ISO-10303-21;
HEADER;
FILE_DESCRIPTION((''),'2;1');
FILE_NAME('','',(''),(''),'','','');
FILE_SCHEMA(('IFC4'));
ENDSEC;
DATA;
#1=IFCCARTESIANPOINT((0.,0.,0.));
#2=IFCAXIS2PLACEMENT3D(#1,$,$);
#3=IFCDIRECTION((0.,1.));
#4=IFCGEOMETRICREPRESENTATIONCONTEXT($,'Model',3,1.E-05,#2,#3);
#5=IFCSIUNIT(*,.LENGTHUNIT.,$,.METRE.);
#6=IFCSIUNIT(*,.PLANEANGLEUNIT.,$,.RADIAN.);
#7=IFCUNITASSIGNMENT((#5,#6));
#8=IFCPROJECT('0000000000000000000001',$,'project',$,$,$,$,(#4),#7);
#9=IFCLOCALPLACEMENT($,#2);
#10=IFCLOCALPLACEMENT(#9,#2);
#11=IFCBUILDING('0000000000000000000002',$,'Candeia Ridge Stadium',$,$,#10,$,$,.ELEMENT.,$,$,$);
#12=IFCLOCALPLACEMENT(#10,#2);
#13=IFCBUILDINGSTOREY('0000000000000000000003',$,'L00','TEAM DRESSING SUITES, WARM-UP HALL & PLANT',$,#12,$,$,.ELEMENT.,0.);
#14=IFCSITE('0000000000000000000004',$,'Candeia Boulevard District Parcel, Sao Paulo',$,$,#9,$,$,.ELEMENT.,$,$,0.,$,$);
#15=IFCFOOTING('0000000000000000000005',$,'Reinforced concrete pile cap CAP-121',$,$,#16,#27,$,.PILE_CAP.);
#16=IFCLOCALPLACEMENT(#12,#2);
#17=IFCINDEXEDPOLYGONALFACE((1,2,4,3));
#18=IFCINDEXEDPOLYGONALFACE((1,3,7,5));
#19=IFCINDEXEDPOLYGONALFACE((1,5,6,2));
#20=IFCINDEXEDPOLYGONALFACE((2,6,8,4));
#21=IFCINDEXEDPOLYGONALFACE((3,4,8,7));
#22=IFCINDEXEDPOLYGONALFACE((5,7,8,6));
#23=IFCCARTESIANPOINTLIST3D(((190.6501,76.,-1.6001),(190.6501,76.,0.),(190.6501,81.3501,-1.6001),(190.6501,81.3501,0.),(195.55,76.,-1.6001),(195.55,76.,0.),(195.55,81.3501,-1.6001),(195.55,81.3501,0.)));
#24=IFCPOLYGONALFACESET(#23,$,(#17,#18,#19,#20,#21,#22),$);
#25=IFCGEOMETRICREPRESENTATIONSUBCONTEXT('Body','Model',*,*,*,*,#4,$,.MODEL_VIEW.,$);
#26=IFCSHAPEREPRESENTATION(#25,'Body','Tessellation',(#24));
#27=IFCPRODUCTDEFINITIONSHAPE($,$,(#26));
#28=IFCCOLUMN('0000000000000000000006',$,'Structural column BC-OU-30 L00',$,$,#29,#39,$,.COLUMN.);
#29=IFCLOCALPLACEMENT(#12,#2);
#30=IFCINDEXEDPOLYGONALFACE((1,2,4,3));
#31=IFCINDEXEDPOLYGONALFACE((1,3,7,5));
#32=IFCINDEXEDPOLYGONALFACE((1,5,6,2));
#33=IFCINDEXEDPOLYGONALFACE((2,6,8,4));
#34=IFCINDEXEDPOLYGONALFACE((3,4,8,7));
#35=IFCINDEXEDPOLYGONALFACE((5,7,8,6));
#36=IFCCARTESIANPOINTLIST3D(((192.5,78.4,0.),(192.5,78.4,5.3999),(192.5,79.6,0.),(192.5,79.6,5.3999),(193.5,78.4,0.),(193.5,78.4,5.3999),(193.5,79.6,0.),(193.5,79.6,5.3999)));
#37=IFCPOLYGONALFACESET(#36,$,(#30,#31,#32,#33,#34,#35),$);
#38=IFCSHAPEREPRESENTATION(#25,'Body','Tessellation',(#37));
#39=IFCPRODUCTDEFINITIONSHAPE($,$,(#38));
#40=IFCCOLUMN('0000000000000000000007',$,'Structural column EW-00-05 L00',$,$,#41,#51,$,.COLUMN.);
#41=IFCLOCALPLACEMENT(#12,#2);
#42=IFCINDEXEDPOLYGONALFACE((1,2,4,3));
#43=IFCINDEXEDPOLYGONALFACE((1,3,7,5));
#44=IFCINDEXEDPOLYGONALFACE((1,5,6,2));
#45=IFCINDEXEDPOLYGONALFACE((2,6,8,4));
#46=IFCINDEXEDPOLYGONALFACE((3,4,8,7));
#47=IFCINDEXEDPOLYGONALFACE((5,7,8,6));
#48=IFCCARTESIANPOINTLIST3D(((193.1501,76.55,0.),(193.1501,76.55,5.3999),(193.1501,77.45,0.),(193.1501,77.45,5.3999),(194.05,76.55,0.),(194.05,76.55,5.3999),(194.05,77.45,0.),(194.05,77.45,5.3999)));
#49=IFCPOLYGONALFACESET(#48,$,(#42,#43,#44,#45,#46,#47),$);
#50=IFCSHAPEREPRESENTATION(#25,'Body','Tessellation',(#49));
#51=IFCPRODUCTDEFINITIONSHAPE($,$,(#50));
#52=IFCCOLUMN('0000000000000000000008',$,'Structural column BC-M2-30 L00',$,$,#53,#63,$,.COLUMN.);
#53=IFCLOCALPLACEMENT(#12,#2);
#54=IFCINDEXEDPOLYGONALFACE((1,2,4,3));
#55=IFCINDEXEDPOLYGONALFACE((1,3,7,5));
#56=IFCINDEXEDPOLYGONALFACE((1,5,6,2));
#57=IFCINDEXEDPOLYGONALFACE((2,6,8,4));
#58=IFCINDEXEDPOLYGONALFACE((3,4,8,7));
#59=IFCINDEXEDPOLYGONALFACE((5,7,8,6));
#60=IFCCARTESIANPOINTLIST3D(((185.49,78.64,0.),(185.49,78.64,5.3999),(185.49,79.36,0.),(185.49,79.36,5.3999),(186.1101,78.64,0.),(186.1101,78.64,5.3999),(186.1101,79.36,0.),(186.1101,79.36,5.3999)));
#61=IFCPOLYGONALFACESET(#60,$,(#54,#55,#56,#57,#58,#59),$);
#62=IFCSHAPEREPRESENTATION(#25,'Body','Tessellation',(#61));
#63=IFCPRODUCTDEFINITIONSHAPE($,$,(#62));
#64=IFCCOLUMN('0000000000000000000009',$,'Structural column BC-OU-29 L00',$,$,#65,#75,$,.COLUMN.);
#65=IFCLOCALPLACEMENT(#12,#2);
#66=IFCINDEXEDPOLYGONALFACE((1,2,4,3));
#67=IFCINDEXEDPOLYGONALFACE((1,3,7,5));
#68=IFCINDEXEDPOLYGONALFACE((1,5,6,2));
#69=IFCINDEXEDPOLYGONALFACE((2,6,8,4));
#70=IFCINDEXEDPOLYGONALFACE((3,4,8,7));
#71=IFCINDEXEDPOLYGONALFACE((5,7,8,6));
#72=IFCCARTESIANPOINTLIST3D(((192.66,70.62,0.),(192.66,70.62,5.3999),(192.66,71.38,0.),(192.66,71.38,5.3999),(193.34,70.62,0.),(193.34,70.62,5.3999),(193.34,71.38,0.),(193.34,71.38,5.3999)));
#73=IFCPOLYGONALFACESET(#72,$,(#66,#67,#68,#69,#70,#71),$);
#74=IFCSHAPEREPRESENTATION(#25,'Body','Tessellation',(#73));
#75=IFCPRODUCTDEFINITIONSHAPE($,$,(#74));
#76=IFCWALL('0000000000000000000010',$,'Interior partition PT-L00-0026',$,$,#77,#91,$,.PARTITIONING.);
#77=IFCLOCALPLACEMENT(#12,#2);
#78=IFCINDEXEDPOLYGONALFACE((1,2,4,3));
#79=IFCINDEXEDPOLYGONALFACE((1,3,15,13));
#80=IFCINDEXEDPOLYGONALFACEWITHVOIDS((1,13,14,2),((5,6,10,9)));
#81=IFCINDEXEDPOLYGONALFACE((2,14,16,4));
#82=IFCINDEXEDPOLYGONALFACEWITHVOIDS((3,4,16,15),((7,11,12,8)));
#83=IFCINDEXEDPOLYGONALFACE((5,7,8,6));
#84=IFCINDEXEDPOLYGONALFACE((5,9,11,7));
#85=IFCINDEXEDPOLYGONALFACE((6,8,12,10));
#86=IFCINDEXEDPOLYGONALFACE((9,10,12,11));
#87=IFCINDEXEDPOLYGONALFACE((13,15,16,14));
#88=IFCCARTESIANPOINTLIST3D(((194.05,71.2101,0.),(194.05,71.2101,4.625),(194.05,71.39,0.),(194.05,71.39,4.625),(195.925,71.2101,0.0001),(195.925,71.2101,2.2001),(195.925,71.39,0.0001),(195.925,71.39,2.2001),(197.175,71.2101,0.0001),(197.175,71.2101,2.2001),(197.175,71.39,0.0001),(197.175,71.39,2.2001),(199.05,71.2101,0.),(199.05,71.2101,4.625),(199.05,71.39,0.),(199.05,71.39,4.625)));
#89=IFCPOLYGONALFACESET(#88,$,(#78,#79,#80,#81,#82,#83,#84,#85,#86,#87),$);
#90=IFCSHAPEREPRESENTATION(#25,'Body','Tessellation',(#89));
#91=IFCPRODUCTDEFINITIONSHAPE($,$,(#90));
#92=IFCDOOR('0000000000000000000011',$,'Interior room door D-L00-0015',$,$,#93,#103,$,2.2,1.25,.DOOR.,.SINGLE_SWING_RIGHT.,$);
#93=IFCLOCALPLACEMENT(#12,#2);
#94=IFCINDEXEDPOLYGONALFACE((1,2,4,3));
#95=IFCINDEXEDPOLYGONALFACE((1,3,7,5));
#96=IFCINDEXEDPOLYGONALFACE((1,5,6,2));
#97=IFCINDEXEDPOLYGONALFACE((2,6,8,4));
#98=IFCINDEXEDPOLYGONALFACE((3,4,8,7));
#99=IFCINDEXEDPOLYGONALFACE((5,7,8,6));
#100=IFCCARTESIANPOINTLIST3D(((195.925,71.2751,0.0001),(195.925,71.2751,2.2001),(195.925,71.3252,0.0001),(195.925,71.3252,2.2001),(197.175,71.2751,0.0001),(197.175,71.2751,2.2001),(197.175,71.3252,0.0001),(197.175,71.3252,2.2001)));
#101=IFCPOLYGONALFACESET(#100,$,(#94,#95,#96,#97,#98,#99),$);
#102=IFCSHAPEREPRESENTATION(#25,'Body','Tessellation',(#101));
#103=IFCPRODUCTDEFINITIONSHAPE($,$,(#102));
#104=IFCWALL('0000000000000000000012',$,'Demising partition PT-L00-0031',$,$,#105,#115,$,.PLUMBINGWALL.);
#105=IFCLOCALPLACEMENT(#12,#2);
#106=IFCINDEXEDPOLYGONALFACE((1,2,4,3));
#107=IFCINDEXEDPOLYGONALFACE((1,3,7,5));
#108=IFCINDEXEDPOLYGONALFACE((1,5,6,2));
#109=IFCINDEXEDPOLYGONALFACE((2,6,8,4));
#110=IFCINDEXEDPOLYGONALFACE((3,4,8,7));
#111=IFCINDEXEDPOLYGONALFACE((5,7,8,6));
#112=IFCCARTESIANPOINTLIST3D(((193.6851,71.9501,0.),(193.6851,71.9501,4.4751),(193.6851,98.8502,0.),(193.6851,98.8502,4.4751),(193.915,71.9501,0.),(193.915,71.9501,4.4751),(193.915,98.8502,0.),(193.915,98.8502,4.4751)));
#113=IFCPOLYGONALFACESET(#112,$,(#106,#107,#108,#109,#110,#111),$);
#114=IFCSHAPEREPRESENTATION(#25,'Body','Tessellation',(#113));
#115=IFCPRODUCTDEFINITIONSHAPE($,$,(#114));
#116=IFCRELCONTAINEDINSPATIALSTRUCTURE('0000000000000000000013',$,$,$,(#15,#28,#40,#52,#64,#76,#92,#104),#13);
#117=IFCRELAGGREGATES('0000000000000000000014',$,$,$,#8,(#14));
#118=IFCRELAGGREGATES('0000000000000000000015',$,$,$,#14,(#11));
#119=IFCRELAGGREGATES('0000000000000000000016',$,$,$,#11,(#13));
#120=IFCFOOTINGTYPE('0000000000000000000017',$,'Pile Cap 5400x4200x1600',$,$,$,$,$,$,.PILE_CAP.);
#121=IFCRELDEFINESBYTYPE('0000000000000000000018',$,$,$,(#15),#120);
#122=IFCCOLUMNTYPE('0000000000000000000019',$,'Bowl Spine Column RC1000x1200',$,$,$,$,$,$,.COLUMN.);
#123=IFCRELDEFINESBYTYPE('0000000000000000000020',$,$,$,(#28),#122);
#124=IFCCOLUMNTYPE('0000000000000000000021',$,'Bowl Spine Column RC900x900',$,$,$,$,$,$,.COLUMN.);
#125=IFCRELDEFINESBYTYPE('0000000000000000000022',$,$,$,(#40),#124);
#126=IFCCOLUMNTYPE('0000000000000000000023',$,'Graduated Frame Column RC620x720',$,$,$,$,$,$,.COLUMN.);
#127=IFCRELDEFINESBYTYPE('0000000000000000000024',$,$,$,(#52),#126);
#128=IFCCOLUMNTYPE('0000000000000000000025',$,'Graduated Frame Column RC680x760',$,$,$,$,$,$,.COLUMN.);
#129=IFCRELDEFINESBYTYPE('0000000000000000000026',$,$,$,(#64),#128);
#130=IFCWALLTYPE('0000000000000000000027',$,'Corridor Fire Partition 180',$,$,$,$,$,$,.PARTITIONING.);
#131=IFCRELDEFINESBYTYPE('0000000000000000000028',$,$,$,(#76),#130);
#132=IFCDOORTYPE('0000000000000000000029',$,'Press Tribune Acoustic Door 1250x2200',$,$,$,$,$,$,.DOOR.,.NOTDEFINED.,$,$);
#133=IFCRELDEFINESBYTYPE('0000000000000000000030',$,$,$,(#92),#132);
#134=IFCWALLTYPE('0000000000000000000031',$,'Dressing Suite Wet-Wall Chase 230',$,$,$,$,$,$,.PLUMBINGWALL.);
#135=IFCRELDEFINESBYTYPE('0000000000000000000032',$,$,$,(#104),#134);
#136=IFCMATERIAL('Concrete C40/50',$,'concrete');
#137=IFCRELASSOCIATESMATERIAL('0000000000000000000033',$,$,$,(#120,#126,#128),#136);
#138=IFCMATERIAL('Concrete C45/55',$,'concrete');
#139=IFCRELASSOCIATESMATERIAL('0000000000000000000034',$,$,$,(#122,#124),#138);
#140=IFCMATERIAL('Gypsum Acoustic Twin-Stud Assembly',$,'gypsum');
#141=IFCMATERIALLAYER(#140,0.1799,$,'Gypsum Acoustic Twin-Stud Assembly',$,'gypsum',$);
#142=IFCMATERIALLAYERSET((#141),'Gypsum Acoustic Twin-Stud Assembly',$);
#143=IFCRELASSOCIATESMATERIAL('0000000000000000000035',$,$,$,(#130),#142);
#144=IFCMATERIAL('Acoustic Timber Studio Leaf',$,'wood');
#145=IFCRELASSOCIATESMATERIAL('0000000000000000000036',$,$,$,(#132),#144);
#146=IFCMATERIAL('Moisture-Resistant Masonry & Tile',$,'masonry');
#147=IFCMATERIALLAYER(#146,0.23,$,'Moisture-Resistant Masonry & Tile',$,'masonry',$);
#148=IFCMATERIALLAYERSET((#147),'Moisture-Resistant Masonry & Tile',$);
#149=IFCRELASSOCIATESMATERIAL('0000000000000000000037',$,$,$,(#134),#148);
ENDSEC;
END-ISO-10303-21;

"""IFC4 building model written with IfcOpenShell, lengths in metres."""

from ifc_helpers import new_model, si_unit, direction, frame, frame_2d, origin, origin_2d, place, context, subcontext, project, spatial, rectangle, extrude, material, layer, layer_set, material_profile, profile_set, type_object, element, fill, save


model = new_model("IFC4")

# Units and contexts
model_context = context("Model", 3, precision=1e-05, world=origin(), true_north=direction((0.0, 1.0)))
body_context = subcontext(model_context, "Body", "Model", "MODEL_VIEW")
ifc_project = project(units=[si_unit("LENGTHUNIT", "METRE"), si_unit("PLANEANGLEUNIT", "RADIAN")], contexts=[model_context])

# Site, building, storey
site_placement = place(None, origin())
site = spatial("IfcSite", under=ifc_project, at=site_placement, Name="Candeia Boulevard District Parcel, Sao Paulo", CompositionType="ELEMENT", RefElevation=0.0)
building_placement = place(site_placement, origin())
building = spatial("IfcBuilding", under=site, at=building_placement, Name="Candeia Ridge Stadium", CompositionType="ELEMENT")
storey_placement = place(building_placement, origin())
storey = spatial("IfcBuildingStorey", under=building, at=storey_placement, Name="L00", Description="TEAM DRESSING SUITES, WARM-UP HALL & PLANT", CompositionType="ELEMENT", Elevation=0.0)

# Shared definitions
ifc_material_1 = material(Name="Concrete C40/50", Category="concrete")

# Footing
footing_type_1 = type_object("IfcFootingType", Name="Pile Cap 5400x4200x1600", PredefinedType="PILE_CAP", material=ifc_material_1)
footing_1_placement = place(storey_placement, frame((193.1001, 78.675, -1.6001), z_axis=(0.0, 0.0, 1.0), x_axis=(1.0, 0.0, 0.0)))
element("IfcFooting", 1, at=footing_1_placement, inside=storey, type_object=footing_type_1, Name="Reinforced concrete pile cap CAP-121", PredefinedType="PILE_CAP", context=body_context, shape_type="SweptSolid", body=[
    extrude(rectangle(XDim=4.8999, YDim=5.3501, at=origin_2d()), origin(), (0.0, 0.0, 1.0), 1.6001),
])

# Columns
ifc_material_2 = material(Name="Concrete C45/55", Category="concrete")
ifc_material_profile_1 = material_profile(ifc_material_2, rectangle(XDim=1.0, YDim=1.2, at=origin_2d()), Name="RC1000x1200", Category="concrete")
ifc_profile_set_1 = profile_set([ifc_material_profile_1], Name="Concrete C45/55")
column_type_1 = type_object("IfcColumnType", Name="Bowl Spine Column RC1000x1200", PredefinedType="COLUMN", material=ifc_profile_set_1)
column_1_placement = place(storey_placement, frame((193.0, 79.0, 0.0), z_axis=(0.0, 0.0, 1.0), x_axis=(1.0, 0.0, 0.0)))
element("IfcColumn", 2, at=column_1_placement, inside=storey, type_object=column_type_1, Name="Structural column BC-OU-30 L00", PredefinedType="COLUMN", context=body_context, shape_type="SweptSolid", body=[
    extrude(rectangle(XDim=1.0, YDim=1.2, at=origin_2d()), origin(), (0.0, 0.0, 1.0), 5.3999),
])
ifc_material_profile_2 = material_profile(ifc_material_2, rectangle(XDim=0.8999, YDim=0.8999, at=origin_2d()), Name="RC900x900", Category="concrete")
ifc_profile_set_2 = profile_set([ifc_material_profile_2], Name="Concrete C45/55")
column_type_2 = type_object("IfcColumnType", Name="Bowl Spine Column RC900x900", PredefinedType="COLUMN", material=ifc_profile_set_2)
column_2_placement = place(storey_placement, frame((193.6001, 77.0, 0.0), z_axis=(0.0, 0.0, 1.0), x_axis=(1.0, 0.0, 0.0)))
element("IfcColumn", 3, at=column_2_placement, inside=storey, type_object=column_type_2, Name="Structural column EW-00-05 L00", PredefinedType="COLUMN", context=body_context, shape_type="SweptSolid", body=[
    extrude(rectangle(XDim=0.8999, YDim=0.8999, at=origin_2d()), origin(), (0.0, 0.0, 1.0), 5.3999),
])
ifc_material_profile_3 = material_profile(ifc_material_1, rectangle(XDim=0.6201, YDim=0.72, at=origin_2d()), Name="RC620x720", Category="concrete")
ifc_profile_set_3 = profile_set([ifc_material_profile_3], Name="Concrete C40/50")
column_type_3 = type_object("IfcColumnType", Name="Graduated Frame Column RC620x720", PredefinedType="COLUMN", material=ifc_profile_set_3)
column_3_placement = place(storey_placement, frame((185.8, 79.0, 0.0), z_axis=(0.0, 0.0, 1.0), x_axis=(1.0, 0.0, 0.0)))
element("IfcColumn", 4, at=column_3_placement, inside=storey, type_object=column_type_3, Name="Structural column BC-M2-30 L00", PredefinedType="COLUMN", context=body_context, shape_type="SweptSolid", body=[
    extrude(rectangle(XDim=0.6201, YDim=0.72, at=origin_2d()), origin(), (0.0, 0.0, 1.0), 5.3999),
])
ifc_material_profile_4 = material_profile(ifc_material_1, rectangle(XDim=0.6799, YDim=0.76, at=origin_2d()), Name="RC680x760", Category="concrete")
ifc_profile_set_4 = profile_set([ifc_material_profile_4], Name="Concrete C40/50")
column_type_4 = type_object("IfcColumnType", Name="Graduated Frame Column RC680x760", PredefinedType="COLUMN", material=ifc_profile_set_4)
column_4_placement = place(storey_placement, frame((193.0, 71.0, 0.0), z_axis=(0.0, 0.0, 1.0), x_axis=(1.0, 0.0, 0.0)))
element("IfcColumn", 5, at=column_4_placement, inside=storey, type_object=column_type_4, Name="Structural column BC-OU-29 L00", PredefinedType="COLUMN", context=body_context, shape_type="SweptSolid", body=[
    extrude(rectangle(XDim=0.6799, YDim=0.76, at=origin_2d()), origin(), (0.0, 0.0, 1.0), 5.3999),
])

# Wall, opening, door
ifc_material_3 = material(Name="Gypsum Acoustic Twin-Stud Assembly", Category="gypsum")
ifc_layer_1 = layer(ifc_material_3, 0.1799, Name="Gypsum Acoustic Twin-Stud Assembly", Category="gypsum")
ifc_layer_set_1 = layer_set([ifc_layer_1], Name="Gypsum Acoustic Twin-Stud Assembly")
wall_type_1 = type_object("IfcWallType", Name="Corridor Fire Partition 180", PredefinedType="PARTITIONING", material=ifc_layer_set_1)
wall_1_placement = place(storey_placement, frame((194.05, 71.3, 0.0), z_axis=(0.0, 0.0, 1.0), x_axis=(1.0, 0.0, 0.0)))
wall_1 = element("IfcWall", 6, at=wall_1_placement, inside=storey, type_object=wall_type_1, Name="Interior partition PT-L00-0026", PredefinedType="PARTITIONING", context=body_context, shape_type="SweptSolid", body=[
    extrude(rectangle(XDim=5.0, YDim=0.1799, at=frame_2d((2.5, 0.0))), origin(), (0.0, 0.0, 1.0), 4.625),
])
opening_placement = place(wall_1_placement, frame((1.875, 0.0, 0.0)))
opening = element("IfcOpeningElement", 7, at=opening_placement, cuts=wall_1, PredefinedType="OPENING", context=body_context, shape_type="SweptSolid", body=[
    extrude(rectangle(XDim=1.25, YDim=2.2, at=frame_2d((0.625, 1.1001))), frame((0.0, 0.0999, 0.0), z_axis=(0.0, -1.0, 0.0), x_axis=(1.0, 0.0, 0.0)), (0.0, 0.0, 1.0), 0.2),
])
ifc_material_4 = material(Name="Acoustic Timber Studio Leaf", Category="wood")
door_type = type_object("IfcDoorType", Name="Press Tribune Acoustic Door 1250x2200", OperationType="NOTDEFINED", PredefinedType="DOOR", material=ifc_material_4)
door_placement = place(opening_placement, frame((1.25, 0.0, 0.0), z_axis=(0.0, 0.0, 1.0), x_axis=(-1.0, 0.0, 0.0)))
door = element("IfcDoor", 8, at=door_placement, inside=storey, type_object=door_type, Name="Interior room door D-L00-0015", OperationType="SINGLE_SWING_RIGHT", OverallHeight=2.2, OverallWidth=1.25, PredefinedType="DOOR", context=body_context, shape_type="SweptSolid", body=[
    extrude(rectangle(XDim=1.25, YDim=2.2, at=frame_2d((0.625, 1.1001))), frame((0.0, 0.0249, 0.0), z_axis=(0.0, -1.0, 0.0), x_axis=(1.0, 0.0, 0.0)), (0.0, 0.0, 1.0), 0.05),
])
fill(opening, door)

# Wall
ifc_material_5 = material(Name="Moisture-Resistant Masonry & Tile", Category="masonry")
ifc_layer_2 = layer(ifc_material_5, 0.23, Name="Moisture-Resistant Masonry & Tile", Category="masonry")
ifc_layer_set_2 = layer_set([ifc_layer_2], Name="Moisture-Resistant Masonry & Tile")
wall_type_2 = type_object("IfcWallType", Name="Dressing Suite Wet-Wall Chase 230", PredefinedType="PLUMBINGWALL", material=ifc_layer_set_2)
wall_2_placement = place(storey_placement, frame((193.8, 71.95, 0.0), z_axis=(0.0, 0.0, 1.0), x_axis=(0.0, 1.0, 0.0)))
element("IfcWall", 9, at=wall_2_placement, inside=storey, type_object=wall_type_2, Name="Demising partition PT-L00-0031", PredefinedType="PLUMBINGWALL", context=body_context, shape_type="SweptSolid", body=[
    extrude(rectangle(XDim=26.9001, YDim=0.23, at=frame_2d((13.4502, 0.0))), origin(), (0.0, 0.0, 1.0), 4.4751),
])

save(model, "model.ifc")
